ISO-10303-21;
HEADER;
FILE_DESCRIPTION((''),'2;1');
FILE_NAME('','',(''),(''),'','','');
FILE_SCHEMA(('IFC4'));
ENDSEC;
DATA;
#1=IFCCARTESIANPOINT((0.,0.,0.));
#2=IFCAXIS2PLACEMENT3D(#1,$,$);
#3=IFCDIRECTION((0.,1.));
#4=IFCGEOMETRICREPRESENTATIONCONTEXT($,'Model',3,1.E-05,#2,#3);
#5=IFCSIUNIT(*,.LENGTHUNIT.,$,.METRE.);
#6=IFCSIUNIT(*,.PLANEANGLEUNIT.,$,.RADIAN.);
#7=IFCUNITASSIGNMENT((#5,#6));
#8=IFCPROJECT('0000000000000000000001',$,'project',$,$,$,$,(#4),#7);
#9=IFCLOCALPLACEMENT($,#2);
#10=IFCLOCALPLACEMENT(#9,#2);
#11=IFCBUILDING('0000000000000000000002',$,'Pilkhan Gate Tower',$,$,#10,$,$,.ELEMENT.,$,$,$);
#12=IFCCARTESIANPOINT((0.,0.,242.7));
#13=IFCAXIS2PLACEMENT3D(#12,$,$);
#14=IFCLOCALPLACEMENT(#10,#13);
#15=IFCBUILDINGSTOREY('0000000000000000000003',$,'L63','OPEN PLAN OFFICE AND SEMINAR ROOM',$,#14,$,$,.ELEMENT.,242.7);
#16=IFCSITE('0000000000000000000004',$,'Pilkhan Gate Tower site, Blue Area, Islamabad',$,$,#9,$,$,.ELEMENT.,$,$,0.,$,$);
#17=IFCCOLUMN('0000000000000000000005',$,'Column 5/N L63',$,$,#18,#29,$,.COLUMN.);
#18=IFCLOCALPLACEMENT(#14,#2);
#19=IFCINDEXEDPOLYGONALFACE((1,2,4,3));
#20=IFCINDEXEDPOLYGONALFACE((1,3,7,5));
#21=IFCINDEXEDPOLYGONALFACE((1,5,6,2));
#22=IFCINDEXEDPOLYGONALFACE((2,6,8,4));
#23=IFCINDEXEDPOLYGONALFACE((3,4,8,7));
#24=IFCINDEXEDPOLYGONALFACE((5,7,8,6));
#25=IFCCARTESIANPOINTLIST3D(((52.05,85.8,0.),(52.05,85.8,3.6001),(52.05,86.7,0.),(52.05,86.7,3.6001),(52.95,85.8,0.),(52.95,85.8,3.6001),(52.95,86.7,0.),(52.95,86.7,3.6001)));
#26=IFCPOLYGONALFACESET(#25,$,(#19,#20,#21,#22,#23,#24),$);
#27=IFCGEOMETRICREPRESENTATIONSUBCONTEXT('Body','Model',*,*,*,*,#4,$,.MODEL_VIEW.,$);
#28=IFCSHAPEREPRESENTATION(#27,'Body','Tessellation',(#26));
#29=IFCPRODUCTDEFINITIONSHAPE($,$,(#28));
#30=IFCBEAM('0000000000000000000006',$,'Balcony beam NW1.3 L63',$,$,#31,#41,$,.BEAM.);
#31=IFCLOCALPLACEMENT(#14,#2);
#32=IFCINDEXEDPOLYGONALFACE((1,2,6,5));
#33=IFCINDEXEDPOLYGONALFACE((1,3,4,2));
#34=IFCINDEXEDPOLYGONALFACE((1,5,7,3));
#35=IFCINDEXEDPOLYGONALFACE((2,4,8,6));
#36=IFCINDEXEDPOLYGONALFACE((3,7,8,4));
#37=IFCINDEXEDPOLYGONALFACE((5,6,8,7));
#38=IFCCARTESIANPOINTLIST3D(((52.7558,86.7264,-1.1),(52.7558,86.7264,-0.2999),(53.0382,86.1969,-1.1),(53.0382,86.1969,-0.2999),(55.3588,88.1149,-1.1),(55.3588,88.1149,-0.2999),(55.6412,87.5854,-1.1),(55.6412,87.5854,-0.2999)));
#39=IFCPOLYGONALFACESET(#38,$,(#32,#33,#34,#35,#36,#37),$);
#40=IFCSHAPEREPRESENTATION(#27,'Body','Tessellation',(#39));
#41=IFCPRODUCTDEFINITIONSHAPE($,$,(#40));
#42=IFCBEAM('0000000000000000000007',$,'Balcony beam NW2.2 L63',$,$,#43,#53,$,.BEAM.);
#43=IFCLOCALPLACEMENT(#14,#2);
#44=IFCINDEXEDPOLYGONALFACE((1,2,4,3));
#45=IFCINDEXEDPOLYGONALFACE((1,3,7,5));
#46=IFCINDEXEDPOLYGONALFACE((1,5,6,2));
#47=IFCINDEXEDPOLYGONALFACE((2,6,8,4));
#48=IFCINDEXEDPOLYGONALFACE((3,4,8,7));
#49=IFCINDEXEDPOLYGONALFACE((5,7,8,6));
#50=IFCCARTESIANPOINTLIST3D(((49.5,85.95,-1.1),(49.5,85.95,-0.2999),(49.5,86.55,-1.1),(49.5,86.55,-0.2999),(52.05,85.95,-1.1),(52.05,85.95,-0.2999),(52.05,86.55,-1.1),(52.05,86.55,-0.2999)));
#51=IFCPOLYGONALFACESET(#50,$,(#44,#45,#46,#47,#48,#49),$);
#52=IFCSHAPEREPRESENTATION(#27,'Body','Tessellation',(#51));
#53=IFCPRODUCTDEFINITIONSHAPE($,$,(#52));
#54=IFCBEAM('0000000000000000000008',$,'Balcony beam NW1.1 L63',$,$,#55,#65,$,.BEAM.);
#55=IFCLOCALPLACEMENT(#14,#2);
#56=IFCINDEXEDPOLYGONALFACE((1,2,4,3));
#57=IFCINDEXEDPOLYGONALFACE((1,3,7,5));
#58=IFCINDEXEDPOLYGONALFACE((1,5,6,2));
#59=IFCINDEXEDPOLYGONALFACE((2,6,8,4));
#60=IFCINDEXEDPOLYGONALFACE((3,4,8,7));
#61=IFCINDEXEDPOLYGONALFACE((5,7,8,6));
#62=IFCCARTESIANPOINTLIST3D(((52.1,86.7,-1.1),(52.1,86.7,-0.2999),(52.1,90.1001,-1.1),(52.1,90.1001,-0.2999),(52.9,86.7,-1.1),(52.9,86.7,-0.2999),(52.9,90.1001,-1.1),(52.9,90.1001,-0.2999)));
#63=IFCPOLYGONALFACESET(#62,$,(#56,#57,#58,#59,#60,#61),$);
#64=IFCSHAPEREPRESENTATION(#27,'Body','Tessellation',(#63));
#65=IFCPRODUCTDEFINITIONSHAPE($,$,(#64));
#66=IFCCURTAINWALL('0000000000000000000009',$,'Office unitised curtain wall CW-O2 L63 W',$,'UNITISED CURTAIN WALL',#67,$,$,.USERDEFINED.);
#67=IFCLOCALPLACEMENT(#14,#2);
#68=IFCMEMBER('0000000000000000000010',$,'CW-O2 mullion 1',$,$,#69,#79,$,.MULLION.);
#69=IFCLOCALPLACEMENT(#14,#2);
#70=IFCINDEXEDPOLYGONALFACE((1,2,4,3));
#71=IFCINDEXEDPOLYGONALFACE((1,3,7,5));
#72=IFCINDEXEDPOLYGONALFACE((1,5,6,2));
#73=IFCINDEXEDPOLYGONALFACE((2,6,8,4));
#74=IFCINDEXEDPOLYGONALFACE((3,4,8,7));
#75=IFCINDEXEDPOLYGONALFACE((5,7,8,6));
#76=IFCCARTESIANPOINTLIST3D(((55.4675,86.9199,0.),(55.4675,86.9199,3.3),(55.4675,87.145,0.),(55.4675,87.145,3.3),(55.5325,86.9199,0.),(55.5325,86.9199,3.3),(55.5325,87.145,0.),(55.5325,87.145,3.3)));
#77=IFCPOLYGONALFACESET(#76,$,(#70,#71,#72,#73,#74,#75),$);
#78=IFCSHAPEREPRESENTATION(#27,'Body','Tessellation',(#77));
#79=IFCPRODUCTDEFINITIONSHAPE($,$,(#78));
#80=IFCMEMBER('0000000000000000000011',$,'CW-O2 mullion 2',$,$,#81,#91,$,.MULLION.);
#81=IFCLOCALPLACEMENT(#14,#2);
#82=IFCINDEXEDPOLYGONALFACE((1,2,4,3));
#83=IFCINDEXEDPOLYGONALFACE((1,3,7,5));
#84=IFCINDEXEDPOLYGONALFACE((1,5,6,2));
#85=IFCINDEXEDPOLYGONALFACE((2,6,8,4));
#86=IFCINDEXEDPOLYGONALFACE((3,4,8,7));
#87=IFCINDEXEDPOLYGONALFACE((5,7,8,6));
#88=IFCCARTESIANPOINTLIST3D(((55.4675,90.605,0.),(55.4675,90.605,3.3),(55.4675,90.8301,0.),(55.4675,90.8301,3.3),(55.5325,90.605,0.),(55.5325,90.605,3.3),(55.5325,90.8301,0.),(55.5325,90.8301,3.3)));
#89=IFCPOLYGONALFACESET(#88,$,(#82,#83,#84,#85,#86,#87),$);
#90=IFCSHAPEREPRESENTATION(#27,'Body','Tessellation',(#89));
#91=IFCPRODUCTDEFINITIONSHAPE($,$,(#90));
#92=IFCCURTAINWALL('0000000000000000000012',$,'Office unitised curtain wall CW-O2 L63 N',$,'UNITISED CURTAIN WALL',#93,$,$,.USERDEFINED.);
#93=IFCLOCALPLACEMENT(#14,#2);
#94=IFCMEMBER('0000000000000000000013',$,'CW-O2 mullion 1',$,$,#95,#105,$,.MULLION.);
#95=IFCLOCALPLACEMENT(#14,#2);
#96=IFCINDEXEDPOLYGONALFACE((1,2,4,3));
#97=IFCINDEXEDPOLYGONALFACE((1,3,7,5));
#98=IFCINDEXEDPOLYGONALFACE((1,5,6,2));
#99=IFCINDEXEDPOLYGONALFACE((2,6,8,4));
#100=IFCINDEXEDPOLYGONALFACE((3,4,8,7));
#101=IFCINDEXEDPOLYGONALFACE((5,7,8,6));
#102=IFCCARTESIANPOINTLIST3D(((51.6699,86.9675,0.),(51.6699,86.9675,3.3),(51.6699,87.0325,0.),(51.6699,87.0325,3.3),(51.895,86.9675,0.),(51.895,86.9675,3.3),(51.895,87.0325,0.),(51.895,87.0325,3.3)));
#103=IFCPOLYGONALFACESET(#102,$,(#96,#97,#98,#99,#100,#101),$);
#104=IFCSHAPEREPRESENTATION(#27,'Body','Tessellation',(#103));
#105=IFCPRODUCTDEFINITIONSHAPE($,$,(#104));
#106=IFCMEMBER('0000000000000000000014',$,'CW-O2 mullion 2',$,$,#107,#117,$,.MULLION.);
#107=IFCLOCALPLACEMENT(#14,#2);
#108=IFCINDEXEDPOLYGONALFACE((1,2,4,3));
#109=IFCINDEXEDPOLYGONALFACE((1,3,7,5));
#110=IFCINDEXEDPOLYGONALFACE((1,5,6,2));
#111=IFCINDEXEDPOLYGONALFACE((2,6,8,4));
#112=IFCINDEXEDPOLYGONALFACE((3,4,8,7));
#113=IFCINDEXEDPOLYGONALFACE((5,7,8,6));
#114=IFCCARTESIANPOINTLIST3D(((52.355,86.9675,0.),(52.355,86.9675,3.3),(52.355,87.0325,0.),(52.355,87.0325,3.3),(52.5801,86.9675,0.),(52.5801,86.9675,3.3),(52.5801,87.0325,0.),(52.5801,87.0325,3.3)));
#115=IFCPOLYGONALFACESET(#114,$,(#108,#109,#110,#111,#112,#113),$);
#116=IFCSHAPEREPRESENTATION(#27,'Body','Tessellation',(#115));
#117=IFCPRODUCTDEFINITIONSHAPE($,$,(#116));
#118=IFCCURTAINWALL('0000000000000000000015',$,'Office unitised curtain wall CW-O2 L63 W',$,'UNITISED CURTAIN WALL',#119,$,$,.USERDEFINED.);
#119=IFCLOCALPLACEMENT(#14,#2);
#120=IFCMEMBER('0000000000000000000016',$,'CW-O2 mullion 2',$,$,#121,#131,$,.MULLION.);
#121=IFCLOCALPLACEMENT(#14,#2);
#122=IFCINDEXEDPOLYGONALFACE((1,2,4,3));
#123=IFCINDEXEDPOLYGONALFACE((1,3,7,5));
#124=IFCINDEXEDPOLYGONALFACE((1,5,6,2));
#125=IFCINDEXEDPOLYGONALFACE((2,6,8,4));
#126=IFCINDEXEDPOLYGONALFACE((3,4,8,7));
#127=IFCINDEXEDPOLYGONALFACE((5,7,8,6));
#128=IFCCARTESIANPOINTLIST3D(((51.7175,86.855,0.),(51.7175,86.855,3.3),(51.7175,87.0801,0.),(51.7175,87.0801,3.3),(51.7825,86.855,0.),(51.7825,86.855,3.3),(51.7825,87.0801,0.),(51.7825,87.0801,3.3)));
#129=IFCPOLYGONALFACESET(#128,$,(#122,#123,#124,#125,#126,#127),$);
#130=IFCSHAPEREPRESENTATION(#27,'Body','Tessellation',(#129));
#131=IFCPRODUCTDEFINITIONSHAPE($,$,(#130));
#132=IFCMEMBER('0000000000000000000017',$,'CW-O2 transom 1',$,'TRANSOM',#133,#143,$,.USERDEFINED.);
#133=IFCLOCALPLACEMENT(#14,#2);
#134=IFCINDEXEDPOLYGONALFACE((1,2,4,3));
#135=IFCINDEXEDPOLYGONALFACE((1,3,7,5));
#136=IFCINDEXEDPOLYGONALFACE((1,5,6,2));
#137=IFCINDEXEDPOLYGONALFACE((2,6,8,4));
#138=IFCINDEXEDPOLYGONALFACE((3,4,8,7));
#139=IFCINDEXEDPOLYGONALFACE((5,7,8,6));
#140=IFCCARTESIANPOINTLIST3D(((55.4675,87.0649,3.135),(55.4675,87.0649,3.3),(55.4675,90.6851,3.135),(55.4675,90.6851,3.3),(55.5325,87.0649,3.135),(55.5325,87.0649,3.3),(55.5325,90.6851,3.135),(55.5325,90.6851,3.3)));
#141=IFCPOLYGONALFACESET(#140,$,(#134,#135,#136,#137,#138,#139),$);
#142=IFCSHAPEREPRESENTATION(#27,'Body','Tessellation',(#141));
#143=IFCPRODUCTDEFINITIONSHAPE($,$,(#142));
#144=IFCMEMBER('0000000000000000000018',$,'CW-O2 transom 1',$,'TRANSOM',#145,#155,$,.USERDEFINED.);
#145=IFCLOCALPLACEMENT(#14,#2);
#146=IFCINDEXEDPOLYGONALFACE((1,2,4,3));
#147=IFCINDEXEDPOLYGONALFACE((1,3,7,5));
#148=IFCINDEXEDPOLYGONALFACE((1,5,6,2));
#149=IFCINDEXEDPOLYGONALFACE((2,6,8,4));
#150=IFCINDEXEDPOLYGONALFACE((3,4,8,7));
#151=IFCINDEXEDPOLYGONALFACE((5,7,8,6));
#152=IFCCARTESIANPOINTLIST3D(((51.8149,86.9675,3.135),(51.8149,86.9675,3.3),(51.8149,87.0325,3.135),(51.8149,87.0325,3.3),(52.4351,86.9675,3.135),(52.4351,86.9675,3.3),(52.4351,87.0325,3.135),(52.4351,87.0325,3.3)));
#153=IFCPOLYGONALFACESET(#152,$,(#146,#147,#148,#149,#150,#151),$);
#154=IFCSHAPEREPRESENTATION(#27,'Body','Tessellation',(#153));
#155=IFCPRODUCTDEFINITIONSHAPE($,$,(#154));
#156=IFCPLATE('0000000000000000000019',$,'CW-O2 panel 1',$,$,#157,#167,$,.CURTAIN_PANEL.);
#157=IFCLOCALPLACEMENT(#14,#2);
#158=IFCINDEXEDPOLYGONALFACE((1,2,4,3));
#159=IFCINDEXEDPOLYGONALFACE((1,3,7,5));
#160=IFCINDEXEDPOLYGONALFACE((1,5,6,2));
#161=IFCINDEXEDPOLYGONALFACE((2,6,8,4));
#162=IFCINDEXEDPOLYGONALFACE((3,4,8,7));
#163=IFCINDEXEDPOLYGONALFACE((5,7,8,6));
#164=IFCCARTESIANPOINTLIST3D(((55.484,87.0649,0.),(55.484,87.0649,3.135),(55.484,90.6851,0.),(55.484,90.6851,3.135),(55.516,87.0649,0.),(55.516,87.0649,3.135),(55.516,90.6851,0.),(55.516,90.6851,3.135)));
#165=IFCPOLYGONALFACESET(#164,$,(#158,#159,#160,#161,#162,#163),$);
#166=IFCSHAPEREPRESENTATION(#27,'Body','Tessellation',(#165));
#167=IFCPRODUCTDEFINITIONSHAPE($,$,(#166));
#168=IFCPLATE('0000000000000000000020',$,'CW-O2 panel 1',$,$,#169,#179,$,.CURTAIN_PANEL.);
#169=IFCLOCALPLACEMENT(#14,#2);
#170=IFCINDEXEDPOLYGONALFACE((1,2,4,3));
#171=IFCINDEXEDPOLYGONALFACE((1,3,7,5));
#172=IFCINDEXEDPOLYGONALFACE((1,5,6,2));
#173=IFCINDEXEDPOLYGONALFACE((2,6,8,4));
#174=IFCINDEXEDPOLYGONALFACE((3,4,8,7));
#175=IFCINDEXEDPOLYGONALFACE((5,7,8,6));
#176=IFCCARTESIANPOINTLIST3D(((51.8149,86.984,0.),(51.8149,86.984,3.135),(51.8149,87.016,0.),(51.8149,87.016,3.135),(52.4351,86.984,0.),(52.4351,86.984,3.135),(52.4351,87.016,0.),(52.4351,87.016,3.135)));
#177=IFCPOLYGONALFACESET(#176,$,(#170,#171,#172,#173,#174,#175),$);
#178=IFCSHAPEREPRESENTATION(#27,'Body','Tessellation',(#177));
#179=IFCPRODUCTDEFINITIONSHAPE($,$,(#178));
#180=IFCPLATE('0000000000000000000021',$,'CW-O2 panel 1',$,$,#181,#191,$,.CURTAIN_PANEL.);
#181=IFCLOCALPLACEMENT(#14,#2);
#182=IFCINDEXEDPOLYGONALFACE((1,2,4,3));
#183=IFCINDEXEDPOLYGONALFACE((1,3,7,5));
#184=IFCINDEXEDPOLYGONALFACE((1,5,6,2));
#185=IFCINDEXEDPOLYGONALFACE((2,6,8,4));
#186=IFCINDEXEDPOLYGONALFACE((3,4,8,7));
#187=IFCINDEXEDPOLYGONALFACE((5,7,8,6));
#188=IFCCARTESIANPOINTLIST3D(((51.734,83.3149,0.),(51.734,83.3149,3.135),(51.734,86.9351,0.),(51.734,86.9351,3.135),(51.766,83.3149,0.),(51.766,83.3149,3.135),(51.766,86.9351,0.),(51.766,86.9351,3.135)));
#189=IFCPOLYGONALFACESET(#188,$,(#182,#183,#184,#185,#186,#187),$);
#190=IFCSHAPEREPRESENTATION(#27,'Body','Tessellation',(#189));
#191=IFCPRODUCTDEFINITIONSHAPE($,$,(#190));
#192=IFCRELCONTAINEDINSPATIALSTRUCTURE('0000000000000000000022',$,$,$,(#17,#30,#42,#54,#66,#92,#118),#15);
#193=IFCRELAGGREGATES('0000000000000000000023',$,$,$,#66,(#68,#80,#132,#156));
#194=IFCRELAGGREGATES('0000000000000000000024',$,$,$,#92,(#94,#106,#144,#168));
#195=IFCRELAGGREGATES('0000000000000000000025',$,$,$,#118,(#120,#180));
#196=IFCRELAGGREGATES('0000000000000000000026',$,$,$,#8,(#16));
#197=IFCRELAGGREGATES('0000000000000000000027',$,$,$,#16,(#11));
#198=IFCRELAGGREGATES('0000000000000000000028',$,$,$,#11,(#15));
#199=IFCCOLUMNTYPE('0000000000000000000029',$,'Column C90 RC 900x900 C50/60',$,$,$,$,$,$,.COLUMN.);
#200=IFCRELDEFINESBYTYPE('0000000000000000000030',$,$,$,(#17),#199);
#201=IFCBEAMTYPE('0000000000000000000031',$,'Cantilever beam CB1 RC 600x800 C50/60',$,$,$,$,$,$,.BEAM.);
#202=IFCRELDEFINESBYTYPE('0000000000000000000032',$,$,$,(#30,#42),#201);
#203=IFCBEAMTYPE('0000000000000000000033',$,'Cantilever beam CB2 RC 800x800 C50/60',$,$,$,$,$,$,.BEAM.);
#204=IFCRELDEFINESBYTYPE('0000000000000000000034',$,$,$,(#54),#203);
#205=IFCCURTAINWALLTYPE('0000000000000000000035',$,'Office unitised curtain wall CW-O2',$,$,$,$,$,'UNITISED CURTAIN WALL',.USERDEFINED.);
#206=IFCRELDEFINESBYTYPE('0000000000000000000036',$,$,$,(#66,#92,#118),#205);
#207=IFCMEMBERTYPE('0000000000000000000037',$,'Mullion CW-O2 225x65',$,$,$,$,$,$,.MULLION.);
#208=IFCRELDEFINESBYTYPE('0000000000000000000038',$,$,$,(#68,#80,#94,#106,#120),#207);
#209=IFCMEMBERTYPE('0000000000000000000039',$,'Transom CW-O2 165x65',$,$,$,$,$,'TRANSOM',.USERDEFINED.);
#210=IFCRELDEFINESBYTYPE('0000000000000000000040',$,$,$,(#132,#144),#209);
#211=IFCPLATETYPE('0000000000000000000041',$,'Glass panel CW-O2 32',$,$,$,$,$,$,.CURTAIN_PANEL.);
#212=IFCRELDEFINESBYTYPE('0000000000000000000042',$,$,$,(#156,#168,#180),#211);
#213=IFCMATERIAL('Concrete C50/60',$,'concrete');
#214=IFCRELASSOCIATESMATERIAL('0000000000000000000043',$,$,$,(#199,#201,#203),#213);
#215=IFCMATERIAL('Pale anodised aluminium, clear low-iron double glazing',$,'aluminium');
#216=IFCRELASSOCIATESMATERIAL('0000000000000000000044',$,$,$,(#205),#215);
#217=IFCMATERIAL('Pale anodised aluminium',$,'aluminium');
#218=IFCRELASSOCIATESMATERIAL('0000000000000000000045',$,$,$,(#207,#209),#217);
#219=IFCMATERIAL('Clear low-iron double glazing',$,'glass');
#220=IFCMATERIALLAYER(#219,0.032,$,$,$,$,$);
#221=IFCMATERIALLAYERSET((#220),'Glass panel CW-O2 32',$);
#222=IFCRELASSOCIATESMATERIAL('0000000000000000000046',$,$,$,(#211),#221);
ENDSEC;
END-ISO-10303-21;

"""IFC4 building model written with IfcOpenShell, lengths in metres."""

from ifc_helpers import new_model, si_unit, direction, frame, origin, origin_2d, place, context, subcontext, project, spatial, rectangle, extrude, material, layer, layer_set, material_profile, profile_set, type_object, element, aggregate, save


model = new_model("IFC4")

# Units and contexts
model_context = context("Model", 3, precision=1e-05, world=origin(), true_north=direction((0.0, 1.0)))
body_context = subcontext(model_context, "Body", "Model", "MODEL_VIEW")
ifc_project = project(units=[si_unit("LENGTHUNIT", "METRE"), si_unit("PLANEANGLEUNIT", "RADIAN")], contexts=[model_context])

# Site, building, storey
site_placement = place(None, origin())
site = spatial("IfcSite", under=ifc_project, at=site_placement, Name="Pilkhan Gate Tower site, Blue Area, Islamabad", CompositionType="ELEMENT", RefElevation=0.0)
building_placement = place(site_placement, origin())
building = spatial("IfcBuilding", under=site, at=building_placement, Name="Pilkhan Gate Tower", CompositionType="ELEMENT")
storey_placement = place(building_placement, frame((0.0, 0.0, 242.7)))
storey = spatial("IfcBuildingStorey", under=building, at=storey_placement, Name="L63", Description="OPEN PLAN OFFICE AND SEMINAR ROOM", CompositionType="ELEMENT", Elevation=242.7)

# Column
ifc_material_1 = material(Name="Concrete C50/60", Category="concrete")
ifc_material_profile_1 = material_profile(ifc_material_1, rectangle(XDim=0.8999, YDim=0.8999, at=origin_2d()), Name="RC 900x900")
ifc_profile_set_1 = profile_set([ifc_material_profile_1], Name="Concrete C50/60")
column_type = type_object("IfcColumnType", Name="Column C90 RC 900x900 C50/60", PredefinedType="COLUMN", material=ifc_profile_set_1)
column_placement = place(storey_placement, frame((52.5, 86.25, 0.0), z_axis=(0.0, 0.0, 1.0), x_axis=(1.0, 0.0, 0.0)))
element("IfcColumn", 1, at=column_placement, inside=storey, type_object=column_type, Name="Column 5/N L63", PredefinedType="COLUMN", context=body_context, shape_type="SweptSolid", body=[
    extrude(rectangle(XDim=0.8999, YDim=0.8999, at=origin_2d()), origin(), (0.0, 0.0, 1.0), 3.6001),
])

# Beams
ifc_material_profile_2 = material_profile(ifc_material_1, rectangle(XDim=0.6001, YDim=0.8, at=origin_2d()), Name="RC 600x800")
ifc_profile_set_2 = profile_set([ifc_material_profile_2], Name="Concrete C50/60")
beam_type_1 = type_object("IfcBeamType", Name="Cantilever beam CB1 RC 600x800 C50/60", PredefinedType="BEAM", material=ifc_profile_set_2)
beam_1_placement = place(storey_placement, frame((52.897, 86.4617, -0.7), z_axis=(0.882332, 0.470627, 0.0), x_axis=(-0.470627, 0.882332, 0.0)))
element("IfcBeam", 2, at=beam_1_placement, inside=storey, type_object=beam_type_1, Name="Balcony beam NW1.3 L63", PredefinedType="BEAM", context=body_context, shape_type="SweptSolid", body=[
    extrude(rectangle(XDim=0.6001, YDim=0.8, at=origin_2d()), origin(), (0.0, 0.0, 1.0), 2.9502),
])
beam_2_placement = place(storey_placement, frame((52.05, 86.25, -0.7), z_axis=(-1.0, 0.0, 0.0), x_axis=(0.0, -1.0, 0.0)))
element("IfcBeam", 3, at=beam_2_placement, inside=storey, type_object=beam_type_1, Name="Balcony beam NW2.2 L63", PredefinedType="BEAM", context=body_context, shape_type="SweptSolid", body=[
    extrude(rectangle(XDim=0.6001, YDim=0.8, at=origin_2d()), origin(), (0.0, 0.0, 1.0), 2.55),
])
ifc_material_profile_3 = material_profile(ifc_material_1, rectangle(XDim=0.8, YDim=0.8, at=origin_2d()), Name="RC 800x800")
ifc_profile_set_3 = profile_set([ifc_material_profile_3], Name="Concrete C50/60")
beam_type_2 = type_object("IfcBeamType", Name="Cantilever beam CB2 RC 800x800 C50/60", PredefinedType="BEAM", material=ifc_profile_set_3)
beam_3_placement = place(storey_placement, frame((52.5, 86.7, -0.7), z_axis=(0.0, 1.0, 0.0), x_axis=(-1.0, 0.0, 0.0)))
element("IfcBeam", 4, at=beam_3_placement, inside=storey, type_object=beam_type_2, Name="Balcony beam NW1.1 L63", PredefinedType="BEAM", context=body_context, shape_type="SweptSolid", body=[
    extrude(rectangle(XDim=0.8, YDim=0.8, at=origin_2d()), origin(), (0.0, 0.0, 1.0), 3.4001),
])

# Curtain walls, members
ifc_material_2 = material(Name="Pale anodised aluminium, clear low-iron double glazing", Category="aluminium")
curtain_wall_type = type_object("IfcCurtainWallType", Name="Office unitised curtain wall CW-O2", ElementType="UNITISED CURTAIN WALL", PredefinedType="USERDEFINED", material=ifc_material_2)
curtain_wall_1_placement = place(storey_placement, origin())
curtain_wall_1 = element("IfcCurtainWall", 5, at=curtain_wall_1_placement, inside=storey, type_object=curtain_wall_type, Name="Office unitised curtain wall CW-O2 L63 W", ObjectType="UNITISED CURTAIN WALL", PredefinedType="USERDEFINED")
ifc_material_3 = material(Name="Pale anodised aluminium", Category="aluminium")
ifc_material_profile_4 = material_profile(ifc_material_3, rectangle(XDim=0.0649, YDim=0.2251, at=origin_2d()), Name="Mullion 225x65")
ifc_profile_set_4 = profile_set([ifc_material_profile_4], Name="Pale anodised aluminium")
member_type_1 = type_object("IfcMemberType", Name="Mullion CW-O2 225x65", PredefinedType="MULLION", material=ifc_profile_set_4)
member_1_placement = place(storey_placement, frame((55.5, 87.0325, 0.0), z_axis=(0.0, 0.0, 1.0), x_axis=(-1.0, 0.0, 0.0)))
member_1 = element("IfcMember", 6, at=member_1_placement, type_object=member_type_1, Name="CW-O2 mullion 1", PredefinedType="MULLION", context=body_context, shape_type="SweptSolid", body=[
    extrude(rectangle(XDim=0.0649, YDim=0.2251, at=origin_2d()), origin(), (0.0, 0.0, 1.0), 3.3),
])
member_2_placement = place(storey_placement, frame((55.5, 90.7175, 0.0), z_axis=(0.0, 0.0, 1.0), x_axis=(-1.0, 0.0, 0.0)))
member_2 = element("IfcMember", 7, at=member_2_placement, type_object=member_type_1, Name="CW-O2 mullion 2", PredefinedType="MULLION", context=body_context, shape_type="SweptSolid", body=[
    extrude(rectangle(XDim=0.0649, YDim=0.2251, at=origin_2d()), origin(), (0.0, 0.0, 1.0), 3.3),
])
curtain_wall_2_placement = place(storey_placement, origin())
curtain_wall_2 = element("IfcCurtainWall", 8, at=curtain_wall_2_placement, inside=storey, type_object=curtain_wall_type, Name="Office unitised curtain wall CW-O2 L63 N", ObjectType="UNITISED CURTAIN WALL", PredefinedType="USERDEFINED")
member_3_placement = place(storey_placement, frame((51.7825, 87.0, 0.0), z_axis=(0.0, 0.0, 1.0), x_axis=(0.0, 1.0, 0.0)))
member_3 = element("IfcMember", 9, at=member_3_placement, type_object=member_type_1, Name="CW-O2 mullion 1", PredefinedType="MULLION", context=body_context, shape_type="SweptSolid", body=[
    extrude(rectangle(XDim=0.0649, YDim=0.2251, at=origin_2d()), origin(), (0.0, 0.0, 1.0), 3.3),
])
member_4_placement = place(storey_placement, frame((52.4675, 87.0, 0.0), z_axis=(0.0, 0.0, 1.0), x_axis=(0.0, 1.0, 0.0)))
member_4 = element("IfcMember", 10, at=member_4_placement, type_object=member_type_1, Name="CW-O2 mullion 2", PredefinedType="MULLION", context=body_context, shape_type="SweptSolid", body=[
    extrude(rectangle(XDim=0.0649, YDim=0.2251, at=origin_2d()), origin(), (0.0, 0.0, 1.0), 3.3),
])

# Curtain wall, member
curtain_wall_3_placement = place(storey_placement, origin())
curtain_wall_3 = element("IfcCurtainWall", 11, at=curtain_wall_3_placement, inside=storey, type_object=curtain_wall_type, Name="Office unitised curtain wall CW-O2 L63 W", ObjectType="UNITISED CURTAIN WALL", PredefinedType="USERDEFINED")
member_5_placement = place(storey_placement, frame((51.75, 86.9675, 0.0), z_axis=(0.0, 0.0, 1.0), x_axis=(-1.0, 0.0, 0.0)))
member_5 = element("IfcMember", 12, at=member_5_placement, type_object=member_type_1, Name="CW-O2 mullion 2", PredefinedType="MULLION", context=body_context, shape_type="SweptSolid", body=[
    extrude(rectangle(XDim=0.0649, YDim=0.2251, at=origin_2d()), origin(), (0.0, 0.0, 1.0), 3.3),
])

# Members
ifc_material_profile_5 = material_profile(ifc_material_3, rectangle(XDim=0.0649, YDim=0.165, at=origin_2d()), Name="Transom 165x65")
ifc_profile_set_5 = profile_set([ifc_material_profile_5], Name="Pale anodised aluminium")
member_type_2 = type_object("IfcMemberType", Name="Transom CW-O2 165x65", ElementType="TRANSOM", PredefinedType="USERDEFINED", material=ifc_profile_set_5)
member_6_placement = place(storey_placement, frame((55.5, 87.0649, 3.2175), z_axis=(0.0, 1.0, 0.0), x_axis=(-1.0, 0.0, 0.0)))
member_6 = element("IfcMember", 13, at=member_6_placement, type_object=member_type_2, Name="CW-O2 transom 1", ObjectType="TRANSOM", PredefinedType="USERDEFINED", context=body_context, shape_type="SweptSolid", body=[
    extrude(rectangle(XDim=0.0649, YDim=0.165, at=origin_2d()), origin(), (0.0, 0.0, 1.0), 3.6201),
])
member_7_placement = place(storey_placement, frame((51.8149, 87.0, 3.2175), z_axis=(1.0, 0.0, 0.0), x_axis=(0.0, 1.0, 0.0)))
member_7 = element("IfcMember", 14, at=member_7_placement, type_object=member_type_2, Name="CW-O2 transom 1", ObjectType="TRANSOM", PredefinedType="USERDEFINED", context=body_context, shape_type="SweptSolid", body=[
    extrude(rectangle(XDim=0.0649, YDim=0.165, at=origin_2d()), origin(), (0.0, 0.0, 1.0), 0.6201),
])

# Plates
ifc_material_4 = material(Name="Clear low-iron double glazing", Category="glass")
ifc_layer_1 = layer(ifc_material_4, 0.032)
ifc_layer_set_1 = layer_set([ifc_layer_1], Name="Glass panel CW-O2 32")
plate_type = type_object("IfcPlateType", Name="Glass panel CW-O2 32", PredefinedType="CURTAIN_PANEL", material=ifc_layer_set_1)
plate_1_placement = place(storey_placement, frame((55.5, 88.875, 0.0), z_axis=(0.0, 0.0, 1.0), x_axis=(0.0, 1.0, 0.0)))
plate_1 = element("IfcPlate", 15, at=plate_1_placement, type_object=plate_type, Name="CW-O2 panel 1", PredefinedType="CURTAIN_PANEL", context=body_context, shape_type="SweptSolid", body=[
    extrude(rectangle(XDim=3.6201, YDim=0.032, at=origin_2d()), origin(), (0.0, 0.0, 1.0), 3.135),
])
aggregate(curtain_wall_1, [member_1, member_2, member_6, plate_1])
plate_2_placement = place(storey_placement, frame((52.125, 87.0, 0.0), z_axis=(0.0, 0.0, 1.0), x_axis=(1.0, 0.0, 0.0)))
plate_2 = element("IfcPlate", 16, at=plate_2_placement, type_object=plate_type, Name="CW-O2 panel 1", PredefinedType="CURTAIN_PANEL", context=body_context, shape_type="SweptSolid", body=[
    extrude(rectangle(XDim=0.6201, YDim=0.032, at=origin_2d()), origin(), (0.0, 0.0, 1.0), 3.135),
])
aggregate(curtain_wall_2, [member_3, member_4, member_7, plate_2])
plate_3_placement = place(storey_placement, frame((51.75, 85.125, 0.0), z_axis=(0.0, 0.0, 1.0), x_axis=(0.0, 1.0, 0.0)))
plate_3 = element("IfcPlate", 17, at=plate_3_placement, type_object=plate_type, Name="CW-O2 panel 1", PredefinedType="CURTAIN_PANEL", context=body_context, shape_type="SweptSolid", body=[
    extrude(rectangle(XDim=3.6201, YDim=0.032, at=origin_2d()), origin(), (0.0, 0.0, 1.0), 3.135),
])
aggregate(curtain_wall_3, [member_5, plate_3])

save(model, "model.ifc")
